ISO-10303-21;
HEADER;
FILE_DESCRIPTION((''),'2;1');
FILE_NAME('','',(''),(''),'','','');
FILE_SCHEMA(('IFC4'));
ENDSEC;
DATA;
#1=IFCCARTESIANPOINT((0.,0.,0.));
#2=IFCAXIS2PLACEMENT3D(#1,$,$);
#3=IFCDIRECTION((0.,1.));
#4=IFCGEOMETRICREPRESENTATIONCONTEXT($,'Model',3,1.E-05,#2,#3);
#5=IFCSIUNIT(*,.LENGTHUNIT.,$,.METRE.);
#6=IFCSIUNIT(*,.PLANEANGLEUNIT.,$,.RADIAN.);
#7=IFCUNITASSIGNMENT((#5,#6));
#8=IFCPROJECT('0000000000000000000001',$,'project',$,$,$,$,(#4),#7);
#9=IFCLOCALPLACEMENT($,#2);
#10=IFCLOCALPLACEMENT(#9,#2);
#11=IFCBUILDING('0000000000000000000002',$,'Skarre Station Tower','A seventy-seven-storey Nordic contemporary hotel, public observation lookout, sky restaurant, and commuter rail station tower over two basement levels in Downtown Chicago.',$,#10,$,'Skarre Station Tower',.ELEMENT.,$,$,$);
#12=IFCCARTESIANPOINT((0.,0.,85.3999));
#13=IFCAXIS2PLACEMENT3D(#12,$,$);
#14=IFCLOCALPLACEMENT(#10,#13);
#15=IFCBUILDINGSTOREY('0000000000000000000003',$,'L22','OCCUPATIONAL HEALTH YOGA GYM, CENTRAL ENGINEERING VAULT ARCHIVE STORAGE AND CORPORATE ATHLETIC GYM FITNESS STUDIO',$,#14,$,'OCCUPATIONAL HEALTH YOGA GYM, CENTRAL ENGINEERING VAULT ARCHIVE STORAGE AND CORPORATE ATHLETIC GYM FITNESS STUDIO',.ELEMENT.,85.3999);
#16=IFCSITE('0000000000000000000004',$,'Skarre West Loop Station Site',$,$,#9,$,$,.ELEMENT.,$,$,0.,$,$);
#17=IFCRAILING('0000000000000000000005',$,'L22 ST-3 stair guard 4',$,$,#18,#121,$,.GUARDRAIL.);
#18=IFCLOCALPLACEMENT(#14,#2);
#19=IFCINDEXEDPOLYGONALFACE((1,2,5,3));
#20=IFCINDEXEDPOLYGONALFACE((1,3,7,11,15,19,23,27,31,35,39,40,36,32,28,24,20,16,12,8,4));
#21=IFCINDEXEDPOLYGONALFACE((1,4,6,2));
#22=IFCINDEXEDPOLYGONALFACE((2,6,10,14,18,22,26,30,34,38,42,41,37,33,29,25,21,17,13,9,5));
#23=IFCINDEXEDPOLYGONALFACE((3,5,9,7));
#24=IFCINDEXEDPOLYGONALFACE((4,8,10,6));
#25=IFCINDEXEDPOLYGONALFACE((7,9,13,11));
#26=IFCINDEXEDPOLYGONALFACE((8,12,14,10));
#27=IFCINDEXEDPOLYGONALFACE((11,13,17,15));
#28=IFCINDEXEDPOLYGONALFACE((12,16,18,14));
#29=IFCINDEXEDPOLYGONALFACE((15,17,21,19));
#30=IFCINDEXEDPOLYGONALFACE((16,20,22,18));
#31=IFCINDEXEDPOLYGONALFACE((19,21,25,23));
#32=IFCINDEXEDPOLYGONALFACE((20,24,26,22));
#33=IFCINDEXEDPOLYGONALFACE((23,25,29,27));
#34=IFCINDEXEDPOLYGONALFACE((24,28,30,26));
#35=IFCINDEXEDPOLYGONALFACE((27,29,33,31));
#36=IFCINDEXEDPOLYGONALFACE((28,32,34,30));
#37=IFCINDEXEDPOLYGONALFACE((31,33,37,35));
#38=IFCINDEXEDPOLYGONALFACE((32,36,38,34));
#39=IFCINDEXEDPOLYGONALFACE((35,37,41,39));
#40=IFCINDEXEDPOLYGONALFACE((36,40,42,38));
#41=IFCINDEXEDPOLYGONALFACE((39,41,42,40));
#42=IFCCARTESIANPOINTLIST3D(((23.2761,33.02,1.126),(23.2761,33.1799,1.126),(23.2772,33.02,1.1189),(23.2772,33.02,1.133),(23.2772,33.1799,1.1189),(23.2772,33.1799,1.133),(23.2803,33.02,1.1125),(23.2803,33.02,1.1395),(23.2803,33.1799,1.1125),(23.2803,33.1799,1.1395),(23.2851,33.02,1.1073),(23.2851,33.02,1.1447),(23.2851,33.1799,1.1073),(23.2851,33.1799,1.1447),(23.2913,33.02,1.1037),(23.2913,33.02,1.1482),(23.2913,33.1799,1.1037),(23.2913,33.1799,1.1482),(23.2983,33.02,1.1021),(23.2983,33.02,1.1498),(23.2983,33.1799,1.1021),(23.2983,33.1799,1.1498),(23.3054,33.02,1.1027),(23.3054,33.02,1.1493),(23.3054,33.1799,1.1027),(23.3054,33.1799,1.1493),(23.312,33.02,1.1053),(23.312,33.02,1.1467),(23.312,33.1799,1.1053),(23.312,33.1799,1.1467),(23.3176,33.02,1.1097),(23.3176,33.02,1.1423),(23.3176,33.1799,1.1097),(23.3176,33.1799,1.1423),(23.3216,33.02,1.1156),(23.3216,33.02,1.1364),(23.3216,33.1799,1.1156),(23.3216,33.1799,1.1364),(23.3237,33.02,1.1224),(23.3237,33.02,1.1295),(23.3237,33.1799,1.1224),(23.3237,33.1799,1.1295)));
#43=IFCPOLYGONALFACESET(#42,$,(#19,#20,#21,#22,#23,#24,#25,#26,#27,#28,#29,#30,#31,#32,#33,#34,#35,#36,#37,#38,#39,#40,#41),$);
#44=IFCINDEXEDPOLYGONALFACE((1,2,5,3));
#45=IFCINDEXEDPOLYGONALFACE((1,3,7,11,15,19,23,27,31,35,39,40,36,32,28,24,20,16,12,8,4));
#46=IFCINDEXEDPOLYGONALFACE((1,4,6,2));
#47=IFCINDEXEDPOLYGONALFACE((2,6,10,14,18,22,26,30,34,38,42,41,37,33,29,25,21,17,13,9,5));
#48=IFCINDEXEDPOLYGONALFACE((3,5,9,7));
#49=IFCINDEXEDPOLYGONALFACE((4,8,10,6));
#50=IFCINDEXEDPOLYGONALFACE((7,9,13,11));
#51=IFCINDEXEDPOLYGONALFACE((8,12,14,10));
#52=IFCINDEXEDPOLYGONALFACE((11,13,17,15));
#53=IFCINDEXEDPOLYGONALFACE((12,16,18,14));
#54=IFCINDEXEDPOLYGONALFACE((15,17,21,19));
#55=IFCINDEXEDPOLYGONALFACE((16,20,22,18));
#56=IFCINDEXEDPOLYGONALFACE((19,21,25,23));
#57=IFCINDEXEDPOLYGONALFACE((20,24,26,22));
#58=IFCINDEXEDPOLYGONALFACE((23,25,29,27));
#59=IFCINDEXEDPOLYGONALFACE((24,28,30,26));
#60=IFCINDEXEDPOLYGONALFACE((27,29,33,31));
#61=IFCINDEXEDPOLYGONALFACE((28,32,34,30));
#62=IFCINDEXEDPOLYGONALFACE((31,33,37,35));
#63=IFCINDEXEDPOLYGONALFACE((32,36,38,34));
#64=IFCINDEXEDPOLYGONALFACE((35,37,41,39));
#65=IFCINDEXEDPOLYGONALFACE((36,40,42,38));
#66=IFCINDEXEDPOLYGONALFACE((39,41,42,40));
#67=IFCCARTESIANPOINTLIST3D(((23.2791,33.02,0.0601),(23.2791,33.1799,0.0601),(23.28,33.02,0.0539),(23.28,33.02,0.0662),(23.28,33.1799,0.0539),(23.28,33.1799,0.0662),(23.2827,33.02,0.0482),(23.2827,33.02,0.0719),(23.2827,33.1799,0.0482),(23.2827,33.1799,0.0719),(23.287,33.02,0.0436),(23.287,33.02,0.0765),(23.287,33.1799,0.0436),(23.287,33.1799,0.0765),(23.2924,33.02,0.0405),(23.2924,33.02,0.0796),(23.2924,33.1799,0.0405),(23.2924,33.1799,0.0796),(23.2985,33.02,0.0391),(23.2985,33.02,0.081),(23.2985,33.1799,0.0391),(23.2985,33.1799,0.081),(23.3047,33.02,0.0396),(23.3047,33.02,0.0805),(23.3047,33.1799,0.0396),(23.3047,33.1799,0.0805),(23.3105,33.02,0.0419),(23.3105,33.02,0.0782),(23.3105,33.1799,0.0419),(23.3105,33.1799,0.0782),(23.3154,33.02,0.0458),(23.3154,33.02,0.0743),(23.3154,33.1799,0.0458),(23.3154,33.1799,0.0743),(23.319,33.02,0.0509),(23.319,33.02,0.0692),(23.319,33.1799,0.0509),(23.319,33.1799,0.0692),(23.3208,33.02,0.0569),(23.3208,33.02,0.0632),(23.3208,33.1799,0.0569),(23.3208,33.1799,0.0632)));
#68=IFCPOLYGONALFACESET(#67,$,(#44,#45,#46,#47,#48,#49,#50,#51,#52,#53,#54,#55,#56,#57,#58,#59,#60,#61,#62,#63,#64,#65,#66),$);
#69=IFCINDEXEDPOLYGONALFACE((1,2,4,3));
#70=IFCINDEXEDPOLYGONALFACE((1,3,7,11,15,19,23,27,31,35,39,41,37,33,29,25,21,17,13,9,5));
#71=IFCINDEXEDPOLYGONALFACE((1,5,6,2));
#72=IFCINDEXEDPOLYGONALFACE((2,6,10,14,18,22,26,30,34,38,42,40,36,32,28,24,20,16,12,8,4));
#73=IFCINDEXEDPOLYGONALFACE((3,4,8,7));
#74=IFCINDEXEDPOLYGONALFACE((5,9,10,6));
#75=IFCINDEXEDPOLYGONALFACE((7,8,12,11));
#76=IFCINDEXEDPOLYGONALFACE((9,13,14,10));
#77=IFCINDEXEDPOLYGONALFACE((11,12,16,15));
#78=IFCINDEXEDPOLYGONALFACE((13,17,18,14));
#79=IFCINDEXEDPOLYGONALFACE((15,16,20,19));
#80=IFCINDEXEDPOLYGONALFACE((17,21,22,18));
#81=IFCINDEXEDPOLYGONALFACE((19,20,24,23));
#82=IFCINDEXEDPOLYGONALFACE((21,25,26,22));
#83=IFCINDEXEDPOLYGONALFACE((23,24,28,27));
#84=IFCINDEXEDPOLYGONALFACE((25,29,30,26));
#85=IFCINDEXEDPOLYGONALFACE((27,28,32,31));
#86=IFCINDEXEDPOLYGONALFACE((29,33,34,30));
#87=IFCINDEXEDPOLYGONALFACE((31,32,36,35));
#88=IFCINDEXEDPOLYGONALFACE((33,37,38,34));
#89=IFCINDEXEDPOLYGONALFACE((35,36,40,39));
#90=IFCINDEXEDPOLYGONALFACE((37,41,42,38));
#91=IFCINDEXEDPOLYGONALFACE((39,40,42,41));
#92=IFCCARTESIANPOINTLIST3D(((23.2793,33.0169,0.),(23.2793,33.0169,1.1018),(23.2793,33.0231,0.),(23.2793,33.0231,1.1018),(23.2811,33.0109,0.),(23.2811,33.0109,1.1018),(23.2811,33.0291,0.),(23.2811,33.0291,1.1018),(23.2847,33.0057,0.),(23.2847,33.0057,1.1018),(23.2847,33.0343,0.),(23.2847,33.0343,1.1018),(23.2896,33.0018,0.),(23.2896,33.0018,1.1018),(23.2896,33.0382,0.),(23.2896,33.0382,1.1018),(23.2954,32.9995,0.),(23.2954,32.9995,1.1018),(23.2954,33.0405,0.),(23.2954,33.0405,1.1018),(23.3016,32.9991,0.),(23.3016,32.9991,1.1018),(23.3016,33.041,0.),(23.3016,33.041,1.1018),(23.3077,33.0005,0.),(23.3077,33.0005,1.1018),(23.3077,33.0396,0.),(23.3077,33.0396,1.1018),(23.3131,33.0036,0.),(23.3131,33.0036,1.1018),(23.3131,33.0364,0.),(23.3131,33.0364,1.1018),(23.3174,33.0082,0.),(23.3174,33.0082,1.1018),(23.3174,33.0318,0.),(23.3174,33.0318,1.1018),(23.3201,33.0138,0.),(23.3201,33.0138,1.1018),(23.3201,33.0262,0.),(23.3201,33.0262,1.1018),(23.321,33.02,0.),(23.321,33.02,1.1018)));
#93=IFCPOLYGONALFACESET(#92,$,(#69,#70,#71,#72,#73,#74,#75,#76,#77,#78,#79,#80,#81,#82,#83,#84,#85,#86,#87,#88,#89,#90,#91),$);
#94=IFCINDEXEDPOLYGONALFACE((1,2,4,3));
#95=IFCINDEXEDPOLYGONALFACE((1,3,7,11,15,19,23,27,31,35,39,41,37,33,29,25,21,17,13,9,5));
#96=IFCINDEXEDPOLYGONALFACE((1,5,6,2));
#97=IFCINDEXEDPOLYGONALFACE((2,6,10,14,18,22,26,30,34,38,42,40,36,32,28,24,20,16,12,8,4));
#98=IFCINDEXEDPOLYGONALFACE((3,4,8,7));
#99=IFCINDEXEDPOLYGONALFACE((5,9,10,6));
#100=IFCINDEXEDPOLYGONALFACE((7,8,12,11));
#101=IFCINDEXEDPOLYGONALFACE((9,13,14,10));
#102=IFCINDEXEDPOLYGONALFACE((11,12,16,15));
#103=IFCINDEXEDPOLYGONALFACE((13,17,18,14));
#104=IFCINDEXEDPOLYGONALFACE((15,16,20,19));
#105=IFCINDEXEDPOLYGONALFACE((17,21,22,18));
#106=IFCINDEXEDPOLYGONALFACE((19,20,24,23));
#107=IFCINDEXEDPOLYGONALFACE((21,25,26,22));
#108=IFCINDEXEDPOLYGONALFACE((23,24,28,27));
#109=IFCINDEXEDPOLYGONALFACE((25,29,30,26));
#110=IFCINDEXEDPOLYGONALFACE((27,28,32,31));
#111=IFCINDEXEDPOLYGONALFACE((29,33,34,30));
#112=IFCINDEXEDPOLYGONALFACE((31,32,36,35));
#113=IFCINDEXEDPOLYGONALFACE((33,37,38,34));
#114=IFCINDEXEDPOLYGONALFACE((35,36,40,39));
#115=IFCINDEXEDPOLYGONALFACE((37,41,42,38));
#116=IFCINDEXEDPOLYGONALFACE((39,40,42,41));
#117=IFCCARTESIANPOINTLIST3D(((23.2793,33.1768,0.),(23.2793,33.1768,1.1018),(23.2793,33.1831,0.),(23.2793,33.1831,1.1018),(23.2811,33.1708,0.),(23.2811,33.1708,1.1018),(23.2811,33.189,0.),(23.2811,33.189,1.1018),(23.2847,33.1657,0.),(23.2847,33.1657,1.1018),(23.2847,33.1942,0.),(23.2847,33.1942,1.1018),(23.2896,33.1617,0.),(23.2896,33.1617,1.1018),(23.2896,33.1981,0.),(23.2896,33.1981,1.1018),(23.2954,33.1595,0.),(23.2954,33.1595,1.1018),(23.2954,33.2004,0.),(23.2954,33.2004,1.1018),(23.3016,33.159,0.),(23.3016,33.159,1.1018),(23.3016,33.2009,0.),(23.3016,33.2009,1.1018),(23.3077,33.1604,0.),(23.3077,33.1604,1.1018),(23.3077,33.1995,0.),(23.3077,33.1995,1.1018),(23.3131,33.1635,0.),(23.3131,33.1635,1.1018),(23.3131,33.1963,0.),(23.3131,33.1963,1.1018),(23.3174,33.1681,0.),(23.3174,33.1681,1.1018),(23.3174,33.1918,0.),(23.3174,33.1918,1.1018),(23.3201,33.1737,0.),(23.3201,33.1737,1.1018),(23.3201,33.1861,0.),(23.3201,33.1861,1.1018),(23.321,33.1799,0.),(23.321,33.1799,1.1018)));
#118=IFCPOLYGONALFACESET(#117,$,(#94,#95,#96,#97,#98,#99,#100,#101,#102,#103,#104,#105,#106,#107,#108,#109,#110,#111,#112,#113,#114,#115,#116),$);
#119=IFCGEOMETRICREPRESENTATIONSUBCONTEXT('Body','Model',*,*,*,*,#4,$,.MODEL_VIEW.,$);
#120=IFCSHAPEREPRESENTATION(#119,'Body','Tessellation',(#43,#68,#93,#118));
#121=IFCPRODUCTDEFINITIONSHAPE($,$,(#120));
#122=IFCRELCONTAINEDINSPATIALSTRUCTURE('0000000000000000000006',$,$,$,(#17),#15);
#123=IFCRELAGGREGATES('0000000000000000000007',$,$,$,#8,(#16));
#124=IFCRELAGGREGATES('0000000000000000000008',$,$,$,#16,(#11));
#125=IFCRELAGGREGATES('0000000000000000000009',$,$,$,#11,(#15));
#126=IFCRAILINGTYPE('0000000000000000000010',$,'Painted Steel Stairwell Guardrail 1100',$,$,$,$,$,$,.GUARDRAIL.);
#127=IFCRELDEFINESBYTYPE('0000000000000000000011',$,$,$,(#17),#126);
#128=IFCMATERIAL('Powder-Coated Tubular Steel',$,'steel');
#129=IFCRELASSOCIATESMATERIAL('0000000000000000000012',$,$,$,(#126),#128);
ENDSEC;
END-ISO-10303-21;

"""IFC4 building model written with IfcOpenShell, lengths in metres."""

from ifc_helpers import new_model, si_unit, direction, frame, origin, origin_2d, place, context, subcontext, project, spatial, circle, extrude, material, type_object, element, save


model = new_model("IFC4")

# Units and contexts
model_context = context("Model", 3, precision=1e-05, world=origin(), true_north=direction((0.0, 1.0)))
body_context = subcontext(model_context, "Body", "Model", "MODEL_VIEW")
ifc_project = project(units=[si_unit("LENGTHUNIT", "METRE"), si_unit("PLANEANGLEUNIT", "RADIAN")], contexts=[model_context])

# Site, building, storey
site_placement = place(None, origin())
site = spatial("IfcSite", under=ifc_project, at=site_placement, Name="Skarre West Loop Station Site", CompositionType="ELEMENT", RefElevation=0.0)
building_placement = place(site_placement, origin())
building = spatial("IfcBuilding", under=site, at=building_placement, Name="Skarre Station Tower", Description="A seventy-seven-storey Nordic contemporary hotel, public observation lookout, sky restaurant, and commuter rail station tower over two basement levels in Downtown Chicago.", LongName="Skarre Station Tower", CompositionType="ELEMENT")
storey_placement = place(building_placement, frame((0.0, 0.0, 85.3999)))
storey = spatial("IfcBuildingStorey", under=building, at=storey_placement, Name="L22", Description="OCCUPATIONAL HEALTH YOGA GYM, CENTRAL ENGINEERING VAULT ARCHIVE STORAGE AND CORPORATE ATHLETIC GYM FITNESS STUDIO", LongName="OCCUPATIONAL HEALTH YOGA GYM, CENTRAL ENGINEERING VAULT ARCHIVE STORAGE AND CORPORATE ATHLETIC GYM FITNESS STUDIO", CompositionType="ELEMENT", Elevation=85.3999)

# Railing
ifc_material_1 = material(Name="Powder-Coated Tubular Steel", Category="steel")
railing_type_1 = type_object("IfcRailingType", Name="Painted Steel Stairwell Guardrail 1100", PredefinedType="GUARDRAIL", material=ifc_material_1)
railing_1_placement = place(storey_placement, frame((23.3, 33.02, 0.0)))
element("IfcRailing", 1, at=railing_1_placement, inside=storey, type_object=railing_type_1, Name="L22 ST-3 stair guard 4", PredefinedType="GUARDRAIL", context=body_context, shape_type="SweptSolid", body=[
    extrude(circle(Radius=0.0239, at=origin_2d()), frame((0.0, 0.0, 1.126), z_axis=(0.0, 1.0, 0.0), x_axis=(-1.0, 0.0, 0.0)), (0.0, 0.0, 1.0), 0.1599),
    extrude(circle(Radius=0.021, at=origin_2d()), frame((0.0, 0.0, 0.0601), z_axis=(0.0, 1.0, 0.0), x_axis=(-1.0, 0.0, 0.0)), (0.0, 0.0, 1.0), 0.1599),
    extrude(circle(Radius=0.021, at=origin_2d()), origin(), (0.0, 0.0, 1.0), 1.1018),
    extrude(circle(Radius=0.021, at=origin_2d()), frame((0.0, 0.1599, 0.0)), (0.0, 0.0, 1.0), 1.1018),
])

save(model, "model.ifc")
